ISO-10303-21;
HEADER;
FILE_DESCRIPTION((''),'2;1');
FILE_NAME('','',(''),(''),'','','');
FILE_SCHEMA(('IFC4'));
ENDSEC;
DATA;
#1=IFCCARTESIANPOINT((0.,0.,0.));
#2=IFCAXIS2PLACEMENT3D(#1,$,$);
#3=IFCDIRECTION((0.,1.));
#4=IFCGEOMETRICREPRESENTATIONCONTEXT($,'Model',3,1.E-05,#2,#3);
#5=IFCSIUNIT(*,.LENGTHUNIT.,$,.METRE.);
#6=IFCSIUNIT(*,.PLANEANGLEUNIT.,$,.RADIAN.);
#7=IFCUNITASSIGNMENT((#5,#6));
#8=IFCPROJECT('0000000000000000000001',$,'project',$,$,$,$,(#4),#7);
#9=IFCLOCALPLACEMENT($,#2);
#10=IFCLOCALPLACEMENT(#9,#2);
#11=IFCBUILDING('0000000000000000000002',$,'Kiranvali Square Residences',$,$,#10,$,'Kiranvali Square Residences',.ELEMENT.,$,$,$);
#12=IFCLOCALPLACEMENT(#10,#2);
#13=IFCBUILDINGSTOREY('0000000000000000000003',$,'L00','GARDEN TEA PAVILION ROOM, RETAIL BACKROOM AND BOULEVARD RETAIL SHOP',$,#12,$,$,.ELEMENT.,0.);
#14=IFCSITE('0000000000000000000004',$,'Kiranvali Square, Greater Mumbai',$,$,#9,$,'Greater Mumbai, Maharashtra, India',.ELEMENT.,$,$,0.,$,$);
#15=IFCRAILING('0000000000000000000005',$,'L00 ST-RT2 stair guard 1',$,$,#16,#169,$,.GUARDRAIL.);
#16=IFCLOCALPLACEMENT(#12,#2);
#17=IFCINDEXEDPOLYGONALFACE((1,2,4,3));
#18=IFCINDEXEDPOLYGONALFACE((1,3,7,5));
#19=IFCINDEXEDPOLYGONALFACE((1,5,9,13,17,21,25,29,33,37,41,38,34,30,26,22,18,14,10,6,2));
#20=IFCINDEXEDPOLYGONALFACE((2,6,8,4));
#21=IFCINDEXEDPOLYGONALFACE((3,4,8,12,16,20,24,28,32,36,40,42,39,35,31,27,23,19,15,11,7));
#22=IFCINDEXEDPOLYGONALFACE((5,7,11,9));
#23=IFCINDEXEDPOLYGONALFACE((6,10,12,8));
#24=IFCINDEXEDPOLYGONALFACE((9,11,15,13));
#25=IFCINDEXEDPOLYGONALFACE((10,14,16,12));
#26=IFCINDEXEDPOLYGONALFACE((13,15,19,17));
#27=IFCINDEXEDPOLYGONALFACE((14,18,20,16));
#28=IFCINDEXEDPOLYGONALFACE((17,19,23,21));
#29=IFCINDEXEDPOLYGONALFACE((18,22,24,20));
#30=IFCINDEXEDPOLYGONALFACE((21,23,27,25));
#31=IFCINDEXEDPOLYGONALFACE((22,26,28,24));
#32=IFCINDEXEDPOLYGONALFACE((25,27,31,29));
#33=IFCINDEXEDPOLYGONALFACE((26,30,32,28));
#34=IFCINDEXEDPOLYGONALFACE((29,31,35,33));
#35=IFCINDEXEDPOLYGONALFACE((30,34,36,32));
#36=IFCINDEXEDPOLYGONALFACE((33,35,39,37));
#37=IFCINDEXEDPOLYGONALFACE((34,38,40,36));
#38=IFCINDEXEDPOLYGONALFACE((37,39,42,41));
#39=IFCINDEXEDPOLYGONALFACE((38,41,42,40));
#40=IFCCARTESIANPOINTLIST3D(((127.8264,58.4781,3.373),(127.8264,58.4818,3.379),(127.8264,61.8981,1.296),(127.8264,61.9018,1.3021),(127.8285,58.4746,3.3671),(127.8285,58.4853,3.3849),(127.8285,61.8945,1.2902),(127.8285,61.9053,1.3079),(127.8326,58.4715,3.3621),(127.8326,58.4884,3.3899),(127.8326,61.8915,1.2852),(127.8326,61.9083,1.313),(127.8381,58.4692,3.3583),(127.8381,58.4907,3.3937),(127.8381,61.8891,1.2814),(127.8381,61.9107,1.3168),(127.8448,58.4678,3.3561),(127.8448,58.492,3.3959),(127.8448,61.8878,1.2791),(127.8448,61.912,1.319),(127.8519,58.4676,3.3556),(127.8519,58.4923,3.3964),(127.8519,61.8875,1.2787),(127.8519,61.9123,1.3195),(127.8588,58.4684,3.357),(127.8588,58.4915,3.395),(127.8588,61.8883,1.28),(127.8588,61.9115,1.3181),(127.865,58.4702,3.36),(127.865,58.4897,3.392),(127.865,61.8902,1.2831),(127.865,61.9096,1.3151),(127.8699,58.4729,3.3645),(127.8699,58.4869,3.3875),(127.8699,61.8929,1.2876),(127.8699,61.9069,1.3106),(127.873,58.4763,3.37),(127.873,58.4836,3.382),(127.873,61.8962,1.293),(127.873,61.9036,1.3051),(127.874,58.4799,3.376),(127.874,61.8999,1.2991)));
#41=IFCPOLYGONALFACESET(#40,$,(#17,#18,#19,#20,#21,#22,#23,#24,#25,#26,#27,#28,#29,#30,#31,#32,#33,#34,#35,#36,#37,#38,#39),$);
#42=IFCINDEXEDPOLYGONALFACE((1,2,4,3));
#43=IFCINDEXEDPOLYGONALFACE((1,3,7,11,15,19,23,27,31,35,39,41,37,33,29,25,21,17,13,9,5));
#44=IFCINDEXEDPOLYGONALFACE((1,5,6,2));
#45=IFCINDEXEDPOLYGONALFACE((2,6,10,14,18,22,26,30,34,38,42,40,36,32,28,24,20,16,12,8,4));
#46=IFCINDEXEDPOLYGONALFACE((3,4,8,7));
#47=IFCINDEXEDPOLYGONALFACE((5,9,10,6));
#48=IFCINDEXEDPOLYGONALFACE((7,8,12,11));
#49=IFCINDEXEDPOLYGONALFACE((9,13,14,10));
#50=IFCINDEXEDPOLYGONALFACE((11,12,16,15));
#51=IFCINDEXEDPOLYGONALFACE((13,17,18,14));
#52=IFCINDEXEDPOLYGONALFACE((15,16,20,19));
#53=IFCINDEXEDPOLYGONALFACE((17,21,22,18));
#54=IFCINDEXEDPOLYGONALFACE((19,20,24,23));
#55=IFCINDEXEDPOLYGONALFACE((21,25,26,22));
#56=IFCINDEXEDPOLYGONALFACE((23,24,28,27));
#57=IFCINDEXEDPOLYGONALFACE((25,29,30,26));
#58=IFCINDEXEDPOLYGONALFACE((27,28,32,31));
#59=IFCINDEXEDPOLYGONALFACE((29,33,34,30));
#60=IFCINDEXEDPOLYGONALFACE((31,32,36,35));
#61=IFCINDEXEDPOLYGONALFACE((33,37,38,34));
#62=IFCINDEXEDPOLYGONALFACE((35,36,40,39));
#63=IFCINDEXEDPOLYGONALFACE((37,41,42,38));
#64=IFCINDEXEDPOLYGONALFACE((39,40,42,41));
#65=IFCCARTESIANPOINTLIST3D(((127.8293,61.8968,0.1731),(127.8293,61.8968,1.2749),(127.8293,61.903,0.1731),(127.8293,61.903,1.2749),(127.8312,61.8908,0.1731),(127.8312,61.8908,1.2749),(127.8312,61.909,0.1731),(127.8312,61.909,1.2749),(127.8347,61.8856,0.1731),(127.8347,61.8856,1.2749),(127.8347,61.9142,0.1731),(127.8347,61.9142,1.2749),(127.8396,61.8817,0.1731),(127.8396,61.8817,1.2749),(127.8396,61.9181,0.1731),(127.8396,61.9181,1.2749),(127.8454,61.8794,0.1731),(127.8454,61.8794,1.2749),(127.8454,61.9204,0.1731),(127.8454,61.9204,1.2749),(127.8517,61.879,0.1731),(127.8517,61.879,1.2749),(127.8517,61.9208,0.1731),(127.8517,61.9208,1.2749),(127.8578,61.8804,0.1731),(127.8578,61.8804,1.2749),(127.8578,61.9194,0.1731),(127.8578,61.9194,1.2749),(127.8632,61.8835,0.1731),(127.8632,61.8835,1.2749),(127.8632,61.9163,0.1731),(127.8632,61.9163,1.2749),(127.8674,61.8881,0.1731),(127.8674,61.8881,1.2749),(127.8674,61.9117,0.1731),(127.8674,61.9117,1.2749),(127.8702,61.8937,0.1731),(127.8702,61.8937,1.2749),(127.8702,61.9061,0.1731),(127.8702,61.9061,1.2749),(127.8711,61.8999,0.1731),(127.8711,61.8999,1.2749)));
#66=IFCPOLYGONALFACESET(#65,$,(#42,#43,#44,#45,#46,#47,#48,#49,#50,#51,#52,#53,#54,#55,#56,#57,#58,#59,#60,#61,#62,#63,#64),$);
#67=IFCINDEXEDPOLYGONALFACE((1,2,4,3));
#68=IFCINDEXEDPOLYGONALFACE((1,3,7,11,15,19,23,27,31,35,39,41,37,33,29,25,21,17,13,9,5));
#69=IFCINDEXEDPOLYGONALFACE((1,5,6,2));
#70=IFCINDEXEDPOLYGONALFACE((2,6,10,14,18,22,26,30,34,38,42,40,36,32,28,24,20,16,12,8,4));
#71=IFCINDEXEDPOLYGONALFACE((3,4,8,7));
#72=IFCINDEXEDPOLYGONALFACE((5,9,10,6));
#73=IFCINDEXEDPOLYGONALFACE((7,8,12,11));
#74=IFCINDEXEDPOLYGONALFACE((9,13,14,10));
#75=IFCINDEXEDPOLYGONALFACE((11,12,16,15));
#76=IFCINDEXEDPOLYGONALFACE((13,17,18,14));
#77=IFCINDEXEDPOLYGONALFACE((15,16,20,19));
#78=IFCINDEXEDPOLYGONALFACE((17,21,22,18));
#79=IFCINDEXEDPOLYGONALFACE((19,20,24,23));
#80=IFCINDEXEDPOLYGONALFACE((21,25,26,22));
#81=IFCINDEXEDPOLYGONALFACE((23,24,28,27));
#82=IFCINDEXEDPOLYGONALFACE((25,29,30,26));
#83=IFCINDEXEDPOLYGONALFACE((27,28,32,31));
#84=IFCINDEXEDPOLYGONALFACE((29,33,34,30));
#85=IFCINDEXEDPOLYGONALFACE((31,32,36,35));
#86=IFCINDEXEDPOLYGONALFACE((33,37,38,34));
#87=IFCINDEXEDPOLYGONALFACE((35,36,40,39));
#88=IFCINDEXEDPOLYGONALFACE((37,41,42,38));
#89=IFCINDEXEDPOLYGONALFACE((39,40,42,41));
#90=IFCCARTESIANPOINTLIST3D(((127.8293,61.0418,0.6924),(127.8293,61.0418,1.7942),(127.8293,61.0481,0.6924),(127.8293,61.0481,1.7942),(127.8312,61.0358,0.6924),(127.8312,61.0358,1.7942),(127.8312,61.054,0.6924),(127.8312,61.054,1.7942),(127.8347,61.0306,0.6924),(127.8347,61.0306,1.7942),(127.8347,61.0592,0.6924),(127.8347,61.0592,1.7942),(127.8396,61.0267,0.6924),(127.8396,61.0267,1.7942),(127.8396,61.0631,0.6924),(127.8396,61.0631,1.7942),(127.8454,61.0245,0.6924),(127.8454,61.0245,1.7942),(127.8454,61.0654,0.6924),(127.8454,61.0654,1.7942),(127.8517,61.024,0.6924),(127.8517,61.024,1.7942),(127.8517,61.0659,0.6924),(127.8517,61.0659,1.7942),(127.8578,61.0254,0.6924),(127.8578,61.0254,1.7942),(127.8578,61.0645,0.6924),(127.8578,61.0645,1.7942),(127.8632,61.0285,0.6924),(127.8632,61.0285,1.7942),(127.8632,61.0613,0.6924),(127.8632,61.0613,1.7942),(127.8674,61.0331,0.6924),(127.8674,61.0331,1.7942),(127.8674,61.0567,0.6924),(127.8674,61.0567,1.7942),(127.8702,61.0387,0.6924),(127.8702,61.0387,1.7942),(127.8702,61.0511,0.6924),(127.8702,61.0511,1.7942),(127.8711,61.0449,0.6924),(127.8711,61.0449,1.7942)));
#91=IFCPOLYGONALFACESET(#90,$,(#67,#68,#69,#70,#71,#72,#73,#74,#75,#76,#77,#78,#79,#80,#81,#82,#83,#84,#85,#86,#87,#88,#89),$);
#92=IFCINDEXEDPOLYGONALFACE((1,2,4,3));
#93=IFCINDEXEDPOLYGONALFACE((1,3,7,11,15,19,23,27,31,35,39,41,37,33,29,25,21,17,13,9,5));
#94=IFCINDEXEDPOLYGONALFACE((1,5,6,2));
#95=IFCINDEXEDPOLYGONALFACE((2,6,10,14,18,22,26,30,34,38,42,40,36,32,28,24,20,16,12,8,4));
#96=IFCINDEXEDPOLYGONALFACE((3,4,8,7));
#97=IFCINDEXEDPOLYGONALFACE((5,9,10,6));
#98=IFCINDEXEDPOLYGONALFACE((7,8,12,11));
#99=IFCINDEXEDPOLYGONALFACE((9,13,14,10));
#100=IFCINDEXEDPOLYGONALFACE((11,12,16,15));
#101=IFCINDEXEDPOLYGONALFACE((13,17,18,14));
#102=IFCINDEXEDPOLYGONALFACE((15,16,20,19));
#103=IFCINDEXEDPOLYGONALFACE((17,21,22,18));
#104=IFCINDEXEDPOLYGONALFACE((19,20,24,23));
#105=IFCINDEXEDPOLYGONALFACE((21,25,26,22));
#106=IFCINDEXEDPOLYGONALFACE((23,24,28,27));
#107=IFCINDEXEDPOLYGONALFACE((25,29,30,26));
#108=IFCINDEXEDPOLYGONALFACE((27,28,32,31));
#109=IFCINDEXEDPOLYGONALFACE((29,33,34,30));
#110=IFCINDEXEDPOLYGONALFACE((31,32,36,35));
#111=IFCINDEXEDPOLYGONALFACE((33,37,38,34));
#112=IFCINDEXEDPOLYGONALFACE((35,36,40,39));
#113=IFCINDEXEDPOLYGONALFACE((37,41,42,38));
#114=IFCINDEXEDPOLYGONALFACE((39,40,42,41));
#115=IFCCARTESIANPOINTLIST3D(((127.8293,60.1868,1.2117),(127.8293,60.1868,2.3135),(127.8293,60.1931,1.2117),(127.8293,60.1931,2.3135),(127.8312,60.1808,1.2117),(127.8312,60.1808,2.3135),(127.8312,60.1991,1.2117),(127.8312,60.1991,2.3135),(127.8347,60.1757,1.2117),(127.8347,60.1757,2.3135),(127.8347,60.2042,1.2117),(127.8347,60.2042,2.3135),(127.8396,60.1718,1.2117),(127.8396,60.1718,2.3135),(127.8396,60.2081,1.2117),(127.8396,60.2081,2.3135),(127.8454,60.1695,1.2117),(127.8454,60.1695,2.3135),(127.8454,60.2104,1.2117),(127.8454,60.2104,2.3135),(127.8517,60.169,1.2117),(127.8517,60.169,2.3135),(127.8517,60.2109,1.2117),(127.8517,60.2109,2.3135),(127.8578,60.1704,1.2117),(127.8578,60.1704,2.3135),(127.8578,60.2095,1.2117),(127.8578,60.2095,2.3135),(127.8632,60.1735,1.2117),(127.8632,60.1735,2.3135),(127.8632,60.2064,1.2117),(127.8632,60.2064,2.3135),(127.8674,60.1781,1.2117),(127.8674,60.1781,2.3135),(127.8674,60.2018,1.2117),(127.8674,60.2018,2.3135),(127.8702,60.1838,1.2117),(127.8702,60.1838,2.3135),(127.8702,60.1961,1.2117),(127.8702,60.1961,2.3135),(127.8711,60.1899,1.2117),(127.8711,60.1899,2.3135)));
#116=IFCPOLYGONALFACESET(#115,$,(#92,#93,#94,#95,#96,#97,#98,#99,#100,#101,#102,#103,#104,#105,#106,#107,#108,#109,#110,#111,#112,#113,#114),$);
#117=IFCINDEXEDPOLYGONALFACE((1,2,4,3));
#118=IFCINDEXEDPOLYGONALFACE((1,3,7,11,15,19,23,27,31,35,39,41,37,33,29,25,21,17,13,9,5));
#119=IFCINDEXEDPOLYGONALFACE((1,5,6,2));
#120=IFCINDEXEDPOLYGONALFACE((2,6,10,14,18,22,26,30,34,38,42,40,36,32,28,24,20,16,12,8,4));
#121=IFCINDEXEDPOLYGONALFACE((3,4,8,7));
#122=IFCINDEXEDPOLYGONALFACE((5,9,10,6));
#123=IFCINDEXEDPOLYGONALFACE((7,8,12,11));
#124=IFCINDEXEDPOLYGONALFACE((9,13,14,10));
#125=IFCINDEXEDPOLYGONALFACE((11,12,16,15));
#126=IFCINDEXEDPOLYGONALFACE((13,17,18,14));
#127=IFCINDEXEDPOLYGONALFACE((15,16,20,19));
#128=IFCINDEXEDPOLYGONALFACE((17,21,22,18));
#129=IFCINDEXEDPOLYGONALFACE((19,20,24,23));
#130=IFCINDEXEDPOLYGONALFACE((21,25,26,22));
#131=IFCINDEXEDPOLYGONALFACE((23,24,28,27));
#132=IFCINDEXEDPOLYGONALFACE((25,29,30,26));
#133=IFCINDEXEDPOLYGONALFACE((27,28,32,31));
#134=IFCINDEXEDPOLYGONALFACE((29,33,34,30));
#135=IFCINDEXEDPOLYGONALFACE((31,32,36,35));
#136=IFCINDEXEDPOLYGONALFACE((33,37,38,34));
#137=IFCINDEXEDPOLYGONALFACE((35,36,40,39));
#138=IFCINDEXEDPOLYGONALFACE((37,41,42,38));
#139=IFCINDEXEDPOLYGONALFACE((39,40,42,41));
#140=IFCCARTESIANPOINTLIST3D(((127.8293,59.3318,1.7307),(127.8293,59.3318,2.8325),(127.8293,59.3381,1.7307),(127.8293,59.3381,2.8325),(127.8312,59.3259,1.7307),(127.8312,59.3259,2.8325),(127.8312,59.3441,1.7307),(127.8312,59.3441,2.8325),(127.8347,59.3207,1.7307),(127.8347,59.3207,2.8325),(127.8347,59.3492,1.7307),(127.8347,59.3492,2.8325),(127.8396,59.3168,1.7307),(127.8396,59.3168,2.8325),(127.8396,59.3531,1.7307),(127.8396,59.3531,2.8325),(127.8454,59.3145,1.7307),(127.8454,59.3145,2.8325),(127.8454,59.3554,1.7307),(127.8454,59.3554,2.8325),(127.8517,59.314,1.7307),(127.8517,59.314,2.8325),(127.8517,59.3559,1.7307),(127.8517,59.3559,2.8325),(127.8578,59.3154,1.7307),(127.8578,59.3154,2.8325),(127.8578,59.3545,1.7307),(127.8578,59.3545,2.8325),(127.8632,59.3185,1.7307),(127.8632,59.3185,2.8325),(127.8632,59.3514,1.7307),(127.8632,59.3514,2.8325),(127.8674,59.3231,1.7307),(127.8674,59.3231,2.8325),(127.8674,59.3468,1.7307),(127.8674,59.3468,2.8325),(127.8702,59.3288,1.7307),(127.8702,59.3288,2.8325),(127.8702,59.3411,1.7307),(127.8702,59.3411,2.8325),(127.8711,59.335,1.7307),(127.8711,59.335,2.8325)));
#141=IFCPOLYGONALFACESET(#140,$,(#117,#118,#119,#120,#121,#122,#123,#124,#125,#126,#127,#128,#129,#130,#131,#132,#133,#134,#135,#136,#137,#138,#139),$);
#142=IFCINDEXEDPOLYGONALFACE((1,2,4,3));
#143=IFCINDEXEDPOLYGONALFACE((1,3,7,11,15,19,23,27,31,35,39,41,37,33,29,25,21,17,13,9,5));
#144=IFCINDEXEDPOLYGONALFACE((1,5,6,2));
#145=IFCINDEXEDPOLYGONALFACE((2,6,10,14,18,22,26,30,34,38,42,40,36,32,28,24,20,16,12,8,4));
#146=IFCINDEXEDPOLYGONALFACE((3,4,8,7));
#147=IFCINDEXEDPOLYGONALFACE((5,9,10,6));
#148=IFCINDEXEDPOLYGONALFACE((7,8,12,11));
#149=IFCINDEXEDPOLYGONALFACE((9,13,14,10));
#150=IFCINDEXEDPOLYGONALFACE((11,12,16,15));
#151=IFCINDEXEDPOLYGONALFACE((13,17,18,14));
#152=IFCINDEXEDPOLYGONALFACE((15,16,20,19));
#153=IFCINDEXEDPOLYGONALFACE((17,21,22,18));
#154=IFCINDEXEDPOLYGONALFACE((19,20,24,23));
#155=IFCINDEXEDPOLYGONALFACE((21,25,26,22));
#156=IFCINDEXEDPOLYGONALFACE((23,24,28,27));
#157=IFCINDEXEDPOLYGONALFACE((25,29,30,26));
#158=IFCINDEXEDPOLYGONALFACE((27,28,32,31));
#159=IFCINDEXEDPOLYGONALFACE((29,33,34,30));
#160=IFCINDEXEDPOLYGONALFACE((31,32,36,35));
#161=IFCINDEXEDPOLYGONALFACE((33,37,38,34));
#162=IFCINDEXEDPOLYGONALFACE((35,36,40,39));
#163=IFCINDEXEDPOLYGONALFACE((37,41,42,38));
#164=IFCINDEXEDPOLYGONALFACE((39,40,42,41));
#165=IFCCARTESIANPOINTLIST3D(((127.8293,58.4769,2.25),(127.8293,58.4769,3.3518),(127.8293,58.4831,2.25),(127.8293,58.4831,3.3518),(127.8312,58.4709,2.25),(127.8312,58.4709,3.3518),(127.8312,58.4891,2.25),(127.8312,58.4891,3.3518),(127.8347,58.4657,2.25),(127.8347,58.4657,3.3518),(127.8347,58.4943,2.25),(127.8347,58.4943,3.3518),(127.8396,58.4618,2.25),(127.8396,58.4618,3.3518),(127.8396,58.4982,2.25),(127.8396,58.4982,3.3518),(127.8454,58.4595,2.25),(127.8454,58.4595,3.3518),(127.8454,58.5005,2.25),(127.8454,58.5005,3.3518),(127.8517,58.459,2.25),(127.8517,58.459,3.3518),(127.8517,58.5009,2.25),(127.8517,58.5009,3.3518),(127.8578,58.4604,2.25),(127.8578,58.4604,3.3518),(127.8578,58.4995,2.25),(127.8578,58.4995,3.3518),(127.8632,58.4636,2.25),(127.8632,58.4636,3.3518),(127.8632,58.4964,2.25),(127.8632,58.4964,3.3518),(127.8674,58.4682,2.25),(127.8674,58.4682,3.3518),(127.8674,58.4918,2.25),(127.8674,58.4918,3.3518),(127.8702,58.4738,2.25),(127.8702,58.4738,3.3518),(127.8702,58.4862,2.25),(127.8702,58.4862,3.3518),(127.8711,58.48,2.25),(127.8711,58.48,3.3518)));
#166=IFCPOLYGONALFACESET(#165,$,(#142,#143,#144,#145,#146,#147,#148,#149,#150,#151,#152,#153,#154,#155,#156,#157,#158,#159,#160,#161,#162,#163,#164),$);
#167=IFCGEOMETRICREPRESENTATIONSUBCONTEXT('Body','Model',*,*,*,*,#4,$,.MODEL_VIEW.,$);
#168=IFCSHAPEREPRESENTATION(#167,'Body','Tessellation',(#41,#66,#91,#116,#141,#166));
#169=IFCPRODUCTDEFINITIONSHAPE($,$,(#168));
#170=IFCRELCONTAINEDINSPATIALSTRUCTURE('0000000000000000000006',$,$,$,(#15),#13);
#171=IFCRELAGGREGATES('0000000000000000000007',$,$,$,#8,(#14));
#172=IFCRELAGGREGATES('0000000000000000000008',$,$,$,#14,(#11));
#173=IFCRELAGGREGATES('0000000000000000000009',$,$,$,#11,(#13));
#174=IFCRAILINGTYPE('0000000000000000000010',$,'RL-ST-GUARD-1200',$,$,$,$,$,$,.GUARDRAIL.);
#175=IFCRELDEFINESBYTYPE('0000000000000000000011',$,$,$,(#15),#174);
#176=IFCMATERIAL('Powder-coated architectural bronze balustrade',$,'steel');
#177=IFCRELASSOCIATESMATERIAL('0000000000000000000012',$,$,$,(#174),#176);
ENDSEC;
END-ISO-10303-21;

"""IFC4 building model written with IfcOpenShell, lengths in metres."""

from ifc_helpers import new_model, si_unit, direction, frame, origin, origin_2d, place, context, subcontext, project, spatial, circle, extrude, material, type_object, element, save


model = new_model("IFC4")

# Units and contexts
model_context = context("Model", 3, precision=1e-05, world=origin(), true_north=direction((0.0, 1.0)))
body_context = subcontext(model_context, "Body", "Model", "MODEL_VIEW")
ifc_project = project(units=[si_unit("LENGTHUNIT", "METRE"), si_unit("PLANEANGLEUNIT", "RADIAN")], contexts=[model_context])

# Site, building, storey
site_placement = place(None, origin())
site = spatial("IfcSite", under=ifc_project, at=site_placement, Name="Kiranvali Square, Greater Mumbai", LongName="Greater Mumbai, Maharashtra, India", CompositionType="ELEMENT", RefElevation=0.0)
building_placement = place(site_placement, origin())
building = spatial("IfcBuilding", under=site, at=building_placement, Name="Kiranvali Square Residences", LongName="Kiranvali Square Residences", CompositionType="ELEMENT")
storey_placement = place(building_placement, origin())
storey = spatial("IfcBuildingStorey", under=building, at=storey_placement, Name="L00", Description="GARDEN TEA PAVILION ROOM, RETAIL BACKROOM AND BOULEVARD RETAIL SHOP", CompositionType="ELEMENT", Elevation=0.0)

# Railing
ifc_material_1 = material(Name="Powder-coated architectural bronze balustrade", Category="steel")
railing_type_1 = type_object("IfcRailingType", Name="RL-ST-GUARD-1200", PredefinedType="GUARDRAIL", material=ifc_material_1)
railing_1_placement = place(storey_placement, frame((127.8501, 61.8999, 0.1731)))
element("IfcRailing", 1, at=railing_1_placement, inside=storey, type_object=railing_type_1, Name="L00 ST-RT2 stair guard 1", PredefinedType="GUARDRAIL", context=body_context, shape_type="SweptSolid", body=[
    extrude(circle(Radius=0.0239, at=origin_2d()), frame((0.0, 0.0, 1.126), z_axis=(0.0, -0.85473, 0.519074), x_axis=(1.0, 0.0, 0.0)), (0.0, 0.0, 1.0), 4.0012),
    extrude(circle(Radius=0.021, at=origin_2d()), origin(), (0.0, 0.0, 1.0), 1.1018),
    extrude(circle(Radius=0.021, at=origin_2d()), frame((0.0, -0.855, 0.5193)), (0.0, 0.0, 1.0), 1.1018),
    extrude(circle(Radius=0.021, at=origin_2d()), frame((0.0, -1.71, 1.0386)), (0.0, 0.0, 1.0), 1.1018),
    extrude(circle(Radius=0.021, at=origin_2d()), frame((0.0, -2.5649, 1.5576)), (0.0, 0.0, 1.0), 1.1018),
    extrude(circle(Radius=0.021, at=origin_2d()), frame((0.0, -3.4199, 2.0769)), (0.0, 0.0, 1.0), 1.1018),
])

save(model, "model.ifc")
